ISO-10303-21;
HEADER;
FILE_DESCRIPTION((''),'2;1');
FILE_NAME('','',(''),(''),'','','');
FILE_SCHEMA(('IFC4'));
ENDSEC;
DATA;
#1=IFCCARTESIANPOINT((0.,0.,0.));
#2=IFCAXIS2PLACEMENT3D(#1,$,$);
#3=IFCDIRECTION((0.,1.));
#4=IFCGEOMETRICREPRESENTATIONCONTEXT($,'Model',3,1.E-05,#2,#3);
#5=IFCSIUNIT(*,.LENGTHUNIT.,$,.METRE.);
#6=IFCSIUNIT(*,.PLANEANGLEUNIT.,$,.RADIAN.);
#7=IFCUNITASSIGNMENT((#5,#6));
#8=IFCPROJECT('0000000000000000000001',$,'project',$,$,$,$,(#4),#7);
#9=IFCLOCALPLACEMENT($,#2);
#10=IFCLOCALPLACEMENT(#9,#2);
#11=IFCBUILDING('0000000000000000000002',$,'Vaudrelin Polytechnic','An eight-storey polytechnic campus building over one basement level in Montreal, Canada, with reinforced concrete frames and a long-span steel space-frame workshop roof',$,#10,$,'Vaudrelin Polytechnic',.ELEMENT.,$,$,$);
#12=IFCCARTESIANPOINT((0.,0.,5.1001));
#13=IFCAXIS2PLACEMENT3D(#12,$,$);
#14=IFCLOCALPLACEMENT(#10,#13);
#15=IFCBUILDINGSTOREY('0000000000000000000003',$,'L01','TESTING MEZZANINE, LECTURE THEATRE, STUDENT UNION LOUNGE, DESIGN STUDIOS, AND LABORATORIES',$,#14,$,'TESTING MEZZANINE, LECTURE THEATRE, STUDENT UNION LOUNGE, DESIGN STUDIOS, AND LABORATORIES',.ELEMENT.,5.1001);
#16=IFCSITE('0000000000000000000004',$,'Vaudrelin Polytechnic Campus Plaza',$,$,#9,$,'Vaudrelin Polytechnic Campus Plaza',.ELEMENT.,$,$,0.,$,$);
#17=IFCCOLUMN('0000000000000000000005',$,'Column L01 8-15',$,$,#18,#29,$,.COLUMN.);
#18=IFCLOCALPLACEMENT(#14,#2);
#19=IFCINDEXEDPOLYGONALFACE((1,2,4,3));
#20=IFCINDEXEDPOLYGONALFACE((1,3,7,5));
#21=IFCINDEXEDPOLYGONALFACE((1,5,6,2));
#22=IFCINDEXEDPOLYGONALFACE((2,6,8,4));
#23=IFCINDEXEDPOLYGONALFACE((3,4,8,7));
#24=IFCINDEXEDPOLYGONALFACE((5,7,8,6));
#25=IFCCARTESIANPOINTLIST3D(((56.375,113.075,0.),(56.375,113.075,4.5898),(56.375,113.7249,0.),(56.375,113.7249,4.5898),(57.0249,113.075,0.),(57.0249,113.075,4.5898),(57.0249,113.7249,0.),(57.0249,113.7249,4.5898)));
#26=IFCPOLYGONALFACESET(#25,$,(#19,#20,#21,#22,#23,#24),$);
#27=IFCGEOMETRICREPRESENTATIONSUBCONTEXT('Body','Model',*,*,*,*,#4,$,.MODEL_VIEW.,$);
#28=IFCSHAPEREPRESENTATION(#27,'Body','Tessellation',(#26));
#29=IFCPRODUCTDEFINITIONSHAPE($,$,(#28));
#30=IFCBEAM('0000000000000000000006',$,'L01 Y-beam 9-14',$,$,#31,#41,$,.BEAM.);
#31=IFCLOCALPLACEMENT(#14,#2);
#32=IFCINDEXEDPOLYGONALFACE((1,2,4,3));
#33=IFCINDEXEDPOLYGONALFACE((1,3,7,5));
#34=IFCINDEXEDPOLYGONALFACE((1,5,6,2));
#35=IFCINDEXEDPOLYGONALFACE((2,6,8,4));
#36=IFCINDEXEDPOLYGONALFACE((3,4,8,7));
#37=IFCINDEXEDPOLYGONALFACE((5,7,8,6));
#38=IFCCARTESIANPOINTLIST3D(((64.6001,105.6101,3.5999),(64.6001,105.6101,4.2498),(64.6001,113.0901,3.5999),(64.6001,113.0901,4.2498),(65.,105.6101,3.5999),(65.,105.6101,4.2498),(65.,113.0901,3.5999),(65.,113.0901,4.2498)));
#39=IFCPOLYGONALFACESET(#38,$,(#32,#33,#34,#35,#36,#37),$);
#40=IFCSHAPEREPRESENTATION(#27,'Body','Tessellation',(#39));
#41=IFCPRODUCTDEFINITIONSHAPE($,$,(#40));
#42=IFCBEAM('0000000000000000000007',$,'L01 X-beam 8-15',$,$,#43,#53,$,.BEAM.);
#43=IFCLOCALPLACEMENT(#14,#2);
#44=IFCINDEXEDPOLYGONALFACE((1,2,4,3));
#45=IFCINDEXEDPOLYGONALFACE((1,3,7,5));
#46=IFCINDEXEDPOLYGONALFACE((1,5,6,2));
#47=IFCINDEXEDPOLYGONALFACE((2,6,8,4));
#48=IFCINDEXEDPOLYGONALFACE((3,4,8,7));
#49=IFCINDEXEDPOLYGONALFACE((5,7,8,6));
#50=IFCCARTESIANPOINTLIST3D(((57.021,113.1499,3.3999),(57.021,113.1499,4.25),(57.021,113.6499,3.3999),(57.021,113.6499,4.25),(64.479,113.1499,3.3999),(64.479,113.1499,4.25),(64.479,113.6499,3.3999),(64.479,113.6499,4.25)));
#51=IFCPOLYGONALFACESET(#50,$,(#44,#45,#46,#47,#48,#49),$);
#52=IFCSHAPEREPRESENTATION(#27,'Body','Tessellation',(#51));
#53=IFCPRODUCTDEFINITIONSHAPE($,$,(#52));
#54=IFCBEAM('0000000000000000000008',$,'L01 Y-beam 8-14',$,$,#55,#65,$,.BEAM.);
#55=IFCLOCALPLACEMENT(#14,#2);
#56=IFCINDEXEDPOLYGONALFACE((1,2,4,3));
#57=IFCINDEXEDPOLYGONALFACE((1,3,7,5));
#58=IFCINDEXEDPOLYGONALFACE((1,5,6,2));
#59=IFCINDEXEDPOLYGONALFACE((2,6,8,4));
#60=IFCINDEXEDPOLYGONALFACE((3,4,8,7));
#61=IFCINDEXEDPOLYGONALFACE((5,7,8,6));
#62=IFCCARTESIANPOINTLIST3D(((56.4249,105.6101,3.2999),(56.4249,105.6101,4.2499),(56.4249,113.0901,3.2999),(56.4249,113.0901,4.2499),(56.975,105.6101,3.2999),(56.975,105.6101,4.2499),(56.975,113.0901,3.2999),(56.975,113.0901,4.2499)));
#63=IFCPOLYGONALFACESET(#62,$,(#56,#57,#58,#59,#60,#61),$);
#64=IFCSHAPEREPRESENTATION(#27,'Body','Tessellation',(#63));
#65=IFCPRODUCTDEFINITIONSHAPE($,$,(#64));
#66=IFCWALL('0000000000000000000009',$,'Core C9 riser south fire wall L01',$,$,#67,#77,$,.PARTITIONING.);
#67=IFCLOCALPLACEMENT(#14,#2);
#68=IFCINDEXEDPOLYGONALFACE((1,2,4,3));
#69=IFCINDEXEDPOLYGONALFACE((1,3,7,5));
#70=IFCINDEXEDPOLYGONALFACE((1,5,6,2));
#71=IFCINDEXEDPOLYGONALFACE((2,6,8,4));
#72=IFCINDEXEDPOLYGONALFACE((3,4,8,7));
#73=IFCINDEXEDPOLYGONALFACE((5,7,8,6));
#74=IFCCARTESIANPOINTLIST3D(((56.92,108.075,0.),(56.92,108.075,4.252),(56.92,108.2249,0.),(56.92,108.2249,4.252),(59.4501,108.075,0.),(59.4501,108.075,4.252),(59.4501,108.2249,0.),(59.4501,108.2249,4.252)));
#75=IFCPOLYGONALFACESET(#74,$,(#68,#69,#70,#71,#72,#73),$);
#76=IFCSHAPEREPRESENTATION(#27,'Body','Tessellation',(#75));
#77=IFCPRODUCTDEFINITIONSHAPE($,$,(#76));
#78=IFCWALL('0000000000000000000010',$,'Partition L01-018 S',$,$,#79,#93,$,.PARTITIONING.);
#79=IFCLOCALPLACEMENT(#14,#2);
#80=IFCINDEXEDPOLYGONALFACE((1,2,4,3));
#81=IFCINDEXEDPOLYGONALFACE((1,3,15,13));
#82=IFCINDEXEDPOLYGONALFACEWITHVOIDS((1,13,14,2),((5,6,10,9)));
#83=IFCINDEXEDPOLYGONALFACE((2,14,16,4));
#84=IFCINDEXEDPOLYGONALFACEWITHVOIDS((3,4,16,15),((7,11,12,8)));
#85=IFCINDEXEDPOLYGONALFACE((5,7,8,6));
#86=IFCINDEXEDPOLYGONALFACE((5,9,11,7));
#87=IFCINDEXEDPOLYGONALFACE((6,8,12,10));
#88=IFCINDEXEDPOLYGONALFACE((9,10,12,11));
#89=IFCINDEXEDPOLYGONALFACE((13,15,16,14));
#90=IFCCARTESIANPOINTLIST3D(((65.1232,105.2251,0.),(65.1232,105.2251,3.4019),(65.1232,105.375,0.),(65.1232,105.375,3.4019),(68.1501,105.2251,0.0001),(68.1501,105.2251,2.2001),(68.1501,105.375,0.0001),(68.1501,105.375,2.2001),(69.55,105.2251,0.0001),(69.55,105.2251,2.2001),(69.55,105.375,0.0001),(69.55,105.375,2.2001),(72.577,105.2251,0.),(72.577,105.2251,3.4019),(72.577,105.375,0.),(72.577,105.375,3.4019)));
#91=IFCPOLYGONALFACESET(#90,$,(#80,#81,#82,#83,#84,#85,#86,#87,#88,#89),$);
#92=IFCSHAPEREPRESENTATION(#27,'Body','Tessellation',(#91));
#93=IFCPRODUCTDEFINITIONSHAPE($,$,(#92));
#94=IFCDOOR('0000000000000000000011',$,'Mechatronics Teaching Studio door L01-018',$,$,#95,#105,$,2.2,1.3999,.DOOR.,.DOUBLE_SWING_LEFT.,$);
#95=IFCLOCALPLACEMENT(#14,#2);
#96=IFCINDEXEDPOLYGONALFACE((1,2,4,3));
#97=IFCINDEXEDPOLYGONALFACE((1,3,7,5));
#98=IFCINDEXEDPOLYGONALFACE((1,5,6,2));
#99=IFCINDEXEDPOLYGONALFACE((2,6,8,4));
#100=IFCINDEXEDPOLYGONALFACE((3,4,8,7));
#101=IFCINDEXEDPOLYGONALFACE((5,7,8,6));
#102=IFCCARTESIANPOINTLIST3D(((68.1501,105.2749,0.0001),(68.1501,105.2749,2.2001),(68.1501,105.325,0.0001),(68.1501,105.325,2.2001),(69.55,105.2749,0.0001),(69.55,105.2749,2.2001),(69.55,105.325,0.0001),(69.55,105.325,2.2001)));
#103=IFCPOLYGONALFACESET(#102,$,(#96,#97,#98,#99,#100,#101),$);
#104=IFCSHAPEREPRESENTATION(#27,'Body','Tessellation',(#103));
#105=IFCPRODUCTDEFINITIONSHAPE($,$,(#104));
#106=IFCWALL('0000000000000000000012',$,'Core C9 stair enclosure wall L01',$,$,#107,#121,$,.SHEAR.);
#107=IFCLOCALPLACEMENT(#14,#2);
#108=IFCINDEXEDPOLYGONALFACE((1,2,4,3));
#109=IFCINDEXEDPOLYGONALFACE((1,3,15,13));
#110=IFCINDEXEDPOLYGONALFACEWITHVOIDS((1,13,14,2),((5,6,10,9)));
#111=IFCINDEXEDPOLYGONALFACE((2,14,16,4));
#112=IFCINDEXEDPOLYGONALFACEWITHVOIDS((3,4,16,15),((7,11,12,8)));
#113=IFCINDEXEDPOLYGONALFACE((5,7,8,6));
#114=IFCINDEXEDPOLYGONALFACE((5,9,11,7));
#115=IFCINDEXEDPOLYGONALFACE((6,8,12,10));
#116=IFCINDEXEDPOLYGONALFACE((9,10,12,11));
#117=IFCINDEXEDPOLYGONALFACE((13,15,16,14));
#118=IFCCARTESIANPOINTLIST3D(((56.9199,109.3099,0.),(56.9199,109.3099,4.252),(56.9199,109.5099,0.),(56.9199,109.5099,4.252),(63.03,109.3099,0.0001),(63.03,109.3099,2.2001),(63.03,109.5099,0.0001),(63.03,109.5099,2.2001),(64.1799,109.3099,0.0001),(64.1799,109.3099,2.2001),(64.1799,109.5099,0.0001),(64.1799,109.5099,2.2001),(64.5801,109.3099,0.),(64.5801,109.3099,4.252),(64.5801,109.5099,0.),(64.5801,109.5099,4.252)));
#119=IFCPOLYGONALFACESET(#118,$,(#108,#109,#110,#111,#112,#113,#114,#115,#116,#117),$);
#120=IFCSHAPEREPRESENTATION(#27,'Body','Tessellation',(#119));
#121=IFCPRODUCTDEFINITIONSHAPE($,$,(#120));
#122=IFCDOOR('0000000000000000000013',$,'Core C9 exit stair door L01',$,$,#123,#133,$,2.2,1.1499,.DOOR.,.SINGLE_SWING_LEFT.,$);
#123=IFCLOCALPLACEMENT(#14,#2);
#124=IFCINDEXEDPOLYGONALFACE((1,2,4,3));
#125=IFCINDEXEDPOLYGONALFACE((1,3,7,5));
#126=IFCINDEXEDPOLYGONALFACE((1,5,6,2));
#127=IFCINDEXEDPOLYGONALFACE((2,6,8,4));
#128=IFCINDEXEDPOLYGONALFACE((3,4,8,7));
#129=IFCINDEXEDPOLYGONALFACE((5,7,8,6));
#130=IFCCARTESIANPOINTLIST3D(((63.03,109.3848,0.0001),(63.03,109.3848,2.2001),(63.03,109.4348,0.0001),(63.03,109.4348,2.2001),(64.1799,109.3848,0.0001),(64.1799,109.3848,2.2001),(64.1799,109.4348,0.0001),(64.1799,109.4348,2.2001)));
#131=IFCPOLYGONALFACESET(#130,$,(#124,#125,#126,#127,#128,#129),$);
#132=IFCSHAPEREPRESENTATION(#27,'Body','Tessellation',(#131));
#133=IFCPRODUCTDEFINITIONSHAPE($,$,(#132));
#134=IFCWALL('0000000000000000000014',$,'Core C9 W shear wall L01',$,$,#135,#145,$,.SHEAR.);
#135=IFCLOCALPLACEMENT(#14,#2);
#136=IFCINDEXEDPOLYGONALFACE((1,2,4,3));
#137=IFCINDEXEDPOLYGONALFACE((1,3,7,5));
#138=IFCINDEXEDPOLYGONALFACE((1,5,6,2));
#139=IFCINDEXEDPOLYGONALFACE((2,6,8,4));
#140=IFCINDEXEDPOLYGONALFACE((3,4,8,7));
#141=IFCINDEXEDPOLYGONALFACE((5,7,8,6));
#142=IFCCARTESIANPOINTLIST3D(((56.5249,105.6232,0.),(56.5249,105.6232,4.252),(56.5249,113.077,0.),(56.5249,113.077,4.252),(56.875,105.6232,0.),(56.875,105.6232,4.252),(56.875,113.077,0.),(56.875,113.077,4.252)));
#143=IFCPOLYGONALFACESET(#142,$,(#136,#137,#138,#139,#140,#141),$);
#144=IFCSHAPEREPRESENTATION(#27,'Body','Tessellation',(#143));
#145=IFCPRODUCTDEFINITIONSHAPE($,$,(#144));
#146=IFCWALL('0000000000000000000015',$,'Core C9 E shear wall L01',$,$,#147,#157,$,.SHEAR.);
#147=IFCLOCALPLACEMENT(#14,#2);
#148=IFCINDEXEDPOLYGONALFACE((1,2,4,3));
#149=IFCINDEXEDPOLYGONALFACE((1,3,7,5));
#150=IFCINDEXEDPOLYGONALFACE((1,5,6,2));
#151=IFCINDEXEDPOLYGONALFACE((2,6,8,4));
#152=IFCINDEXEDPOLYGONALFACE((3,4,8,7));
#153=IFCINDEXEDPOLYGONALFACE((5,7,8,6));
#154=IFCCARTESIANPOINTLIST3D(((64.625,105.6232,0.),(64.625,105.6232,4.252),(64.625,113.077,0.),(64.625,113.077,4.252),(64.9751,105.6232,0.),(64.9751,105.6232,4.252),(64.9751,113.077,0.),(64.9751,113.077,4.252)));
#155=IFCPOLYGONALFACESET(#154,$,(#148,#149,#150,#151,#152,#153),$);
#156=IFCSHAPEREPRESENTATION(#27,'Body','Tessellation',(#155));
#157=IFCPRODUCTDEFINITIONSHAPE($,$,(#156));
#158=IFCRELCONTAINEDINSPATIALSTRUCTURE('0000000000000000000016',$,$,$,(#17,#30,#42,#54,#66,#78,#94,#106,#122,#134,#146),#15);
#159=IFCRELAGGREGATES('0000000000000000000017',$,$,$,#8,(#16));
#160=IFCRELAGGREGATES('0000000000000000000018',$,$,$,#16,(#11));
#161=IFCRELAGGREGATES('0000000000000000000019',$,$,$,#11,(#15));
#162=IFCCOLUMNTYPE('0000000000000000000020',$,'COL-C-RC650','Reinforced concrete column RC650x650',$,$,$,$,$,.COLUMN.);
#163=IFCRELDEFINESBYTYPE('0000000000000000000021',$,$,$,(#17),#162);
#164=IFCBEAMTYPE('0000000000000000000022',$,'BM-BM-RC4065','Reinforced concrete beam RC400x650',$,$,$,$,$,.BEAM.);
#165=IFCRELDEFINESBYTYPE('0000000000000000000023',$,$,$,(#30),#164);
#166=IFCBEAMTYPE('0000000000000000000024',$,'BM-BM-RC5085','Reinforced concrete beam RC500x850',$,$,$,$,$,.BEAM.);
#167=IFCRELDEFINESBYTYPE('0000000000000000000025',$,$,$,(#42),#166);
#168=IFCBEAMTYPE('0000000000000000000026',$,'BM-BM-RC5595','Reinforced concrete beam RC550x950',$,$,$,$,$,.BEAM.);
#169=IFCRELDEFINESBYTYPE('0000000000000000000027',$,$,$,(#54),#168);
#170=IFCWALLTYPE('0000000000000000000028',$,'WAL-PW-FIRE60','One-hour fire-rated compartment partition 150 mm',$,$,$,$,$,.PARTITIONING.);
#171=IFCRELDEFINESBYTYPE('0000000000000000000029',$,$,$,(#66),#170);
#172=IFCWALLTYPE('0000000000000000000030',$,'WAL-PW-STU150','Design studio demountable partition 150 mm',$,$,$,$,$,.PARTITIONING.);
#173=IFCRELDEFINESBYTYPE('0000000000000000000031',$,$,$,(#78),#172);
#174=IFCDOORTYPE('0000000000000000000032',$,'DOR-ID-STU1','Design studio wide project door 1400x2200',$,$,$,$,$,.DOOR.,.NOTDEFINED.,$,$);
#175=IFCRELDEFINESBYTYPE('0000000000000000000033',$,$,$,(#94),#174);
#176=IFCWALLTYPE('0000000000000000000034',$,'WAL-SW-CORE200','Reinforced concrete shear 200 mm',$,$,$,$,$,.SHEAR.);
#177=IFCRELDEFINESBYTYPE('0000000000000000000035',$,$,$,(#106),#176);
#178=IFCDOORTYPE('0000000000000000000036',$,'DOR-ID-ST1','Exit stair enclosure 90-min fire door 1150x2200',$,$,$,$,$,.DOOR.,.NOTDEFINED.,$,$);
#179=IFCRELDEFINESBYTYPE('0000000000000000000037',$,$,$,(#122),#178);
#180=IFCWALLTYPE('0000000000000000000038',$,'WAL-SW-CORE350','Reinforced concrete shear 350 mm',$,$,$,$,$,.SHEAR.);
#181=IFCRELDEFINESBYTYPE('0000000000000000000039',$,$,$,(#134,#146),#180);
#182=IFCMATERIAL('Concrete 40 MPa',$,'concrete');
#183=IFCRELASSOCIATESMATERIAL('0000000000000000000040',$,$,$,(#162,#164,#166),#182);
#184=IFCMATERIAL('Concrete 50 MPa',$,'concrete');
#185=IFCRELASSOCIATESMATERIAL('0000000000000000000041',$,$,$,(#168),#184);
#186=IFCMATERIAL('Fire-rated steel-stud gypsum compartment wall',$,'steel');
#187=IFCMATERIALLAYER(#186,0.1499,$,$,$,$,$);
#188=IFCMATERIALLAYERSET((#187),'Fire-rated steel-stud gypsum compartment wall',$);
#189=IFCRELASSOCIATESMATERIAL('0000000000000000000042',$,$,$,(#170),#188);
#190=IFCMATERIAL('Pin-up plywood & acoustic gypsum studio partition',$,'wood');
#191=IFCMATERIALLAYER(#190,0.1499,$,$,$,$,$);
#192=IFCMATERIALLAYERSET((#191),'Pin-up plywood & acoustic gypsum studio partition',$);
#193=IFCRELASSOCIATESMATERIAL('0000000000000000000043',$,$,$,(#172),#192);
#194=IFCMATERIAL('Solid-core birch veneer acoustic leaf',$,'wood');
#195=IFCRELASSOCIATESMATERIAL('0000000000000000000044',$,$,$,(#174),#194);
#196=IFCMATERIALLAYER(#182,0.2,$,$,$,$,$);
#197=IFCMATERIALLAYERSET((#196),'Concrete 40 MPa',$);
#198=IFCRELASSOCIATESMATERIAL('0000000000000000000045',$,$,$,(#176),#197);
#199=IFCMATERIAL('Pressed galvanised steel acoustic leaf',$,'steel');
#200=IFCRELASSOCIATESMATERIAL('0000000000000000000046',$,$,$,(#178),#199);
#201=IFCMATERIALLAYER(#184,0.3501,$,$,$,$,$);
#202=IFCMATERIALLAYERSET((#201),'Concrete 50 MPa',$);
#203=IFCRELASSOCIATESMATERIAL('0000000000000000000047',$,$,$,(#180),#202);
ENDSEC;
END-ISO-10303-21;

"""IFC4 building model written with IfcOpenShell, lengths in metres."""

from ifc_helpers import new_model, si_unit, direction, frame, frame_2d, origin, origin_2d, place, context, subcontext, project, spatial, rectangle, extrude, material, layer, layer_set, material_profile, profile_set, type_object, element, fill, save


model = new_model("IFC4")

# Units and contexts
model_context = context("Model", 3, precision=1e-05, world=origin(), true_north=direction((0.0, 1.0)))
body_context = subcontext(model_context, "Body", "Model", "MODEL_VIEW")
ifc_project = project(units=[si_unit("LENGTHUNIT", "METRE"), si_unit("PLANEANGLEUNIT", "RADIAN")], contexts=[model_context])

# Site, building, storey
site_placement = place(None, origin())
site = spatial("IfcSite", under=ifc_project, at=site_placement, Name="Vaudrelin Polytechnic Campus Plaza", LongName="Vaudrelin Polytechnic Campus Plaza", CompositionType="ELEMENT", RefElevation=0.0)
building_placement = place(site_placement, origin())
building = spatial("IfcBuilding", under=site, at=building_placement, Name="Vaudrelin Polytechnic", Description="An eight-storey polytechnic campus building over one basement level in Montreal, Canada, with reinforced concrete frames and a long-span steel space-frame workshop roof", LongName="Vaudrelin Polytechnic", CompositionType="ELEMENT")
storey_placement = place(building_placement, frame((0.0, 0.0, 5.1001)))
storey = spatial("IfcBuildingStorey", under=building, at=storey_placement, Name="L01", Description="TESTING MEZZANINE, LECTURE THEATRE, STUDENT UNION LOUNGE, DESIGN STUDIOS, AND LABORATORIES", LongName="TESTING MEZZANINE, LECTURE THEATRE, STUDENT UNION LOUNGE, DESIGN STUDIOS, AND LABORATORIES", CompositionType="ELEMENT", Elevation=5.1001)

# Column
ifc_material_1 = material(Name="Concrete 40 MPa", Category="concrete")
ifc_material_profile_1 = material_profile(ifc_material_1, rectangle(XDim=0.6499, YDim=0.6499, at=origin_2d()), Name="RC650x650")
ifc_profile_set_1 = profile_set([ifc_material_profile_1], Name="Concrete 40 MPa")
column_type = type_object("IfcColumnType", Name="COL-C-RC650", Description="Reinforced concrete column RC650x650", PredefinedType="COLUMN", material=ifc_profile_set_1)
column_placement = place(storey_placement, frame((56.7, 113.3999, 0.0), z_axis=(0.0, 0.0, 1.0), x_axis=(1.0, 0.0, 0.0)))
element("IfcColumn", 1, at=column_placement, inside=storey, type_object=column_type, Name="Column L01 8-15", PredefinedType="COLUMN", context=body_context, shape_type="SweptSolid", body=[
    extrude(rectangle(XDim=0.6499, YDim=0.6499, at=origin_2d()), origin(), (0.0, 0.0, 1.0), 4.5898),
])

# Beams
ifc_material_profile_2 = material_profile(ifc_material_1, rectangle(XDim=0.3999, YDim=0.6499, at=origin_2d()), Name="RC400x650")
ifc_profile_set_2 = profile_set([ifc_material_profile_2], Name="Concrete 40 MPa")
beam_type_1 = type_object("IfcBeamType", Name="BM-BM-RC4065", Description="Reinforced concrete beam RC400x650", PredefinedType="BEAM", material=ifc_profile_set_2)
beam_1_placement = place(storey_placement, frame((64.8, 105.6101, 3.9248), z_axis=(0.0, 1.0, 0.0), x_axis=(-1.0, 0.0, 0.0)))
element("IfcBeam", 2, at=beam_1_placement, inside=storey, type_object=beam_type_1, Name="L01 Y-beam 9-14", PredefinedType="BEAM", context=body_context, shape_type="SweptSolid", body=[
    extrude(rectangle(XDim=0.3999, YDim=0.6499, at=origin_2d()), origin(), (0.0, 0.0, 1.0), 7.48),
])
ifc_material_profile_3 = material_profile(ifc_material_1, rectangle(XDim=0.5, YDim=0.8501, at=origin_2d()), Name="RC500x850")
ifc_profile_set_3 = profile_set([ifc_material_profile_3], Name="Concrete 40 MPa")
beam_type_2 = type_object("IfcBeamType", Name="BM-BM-RC5085", Description="Reinforced concrete beam RC500x850", PredefinedType="BEAM", material=ifc_profile_set_3)
beam_2_placement = place(storey_placement, frame((57.021, 113.3999, 3.825), z_axis=(1.0, 0.0, 0.0), x_axis=(0.0, 1.0, 0.0)))
element("IfcBeam", 3, at=beam_2_placement, inside=storey, type_object=beam_type_2, Name="L01 X-beam 8-15", PredefinedType="BEAM", context=body_context, shape_type="SweptSolid", body=[
    extrude(rectangle(XDim=0.5, YDim=0.8501, at=origin_2d()), origin(), (0.0, 0.0, 1.0), 7.458),
])
ifc_material_2 = material(Name="Concrete 50 MPa", Category="concrete")
ifc_material_profile_4 = material_profile(ifc_material_2, rectangle(XDim=0.55, YDim=0.95, at=origin_2d()), Name="RC550x950")
ifc_profile_set_4 = profile_set([ifc_material_profile_4], Name="Concrete 50 MPa")
beam_type_3 = type_object("IfcBeamType", Name="BM-BM-RC5595", Description="Reinforced concrete beam RC550x950", PredefinedType="BEAM", material=ifc_profile_set_4)
beam_3_placement = place(storey_placement, frame((56.7, 105.6101, 3.7749), z_axis=(0.0, 1.0, 0.0), x_axis=(-1.0, 0.0, 0.0)))
element("IfcBeam", 4, at=beam_3_placement, inside=storey, type_object=beam_type_3, Name="L01 Y-beam 8-14", PredefinedType="BEAM", context=body_context, shape_type="SweptSolid", body=[
    extrude(rectangle(XDim=0.55, YDim=0.95, at=origin_2d()), origin(), (0.0, 0.0, 1.0), 7.48),
])

# Shared definitions
ifc_material_3 = material(Name="Fire-rated steel-stud gypsum compartment wall", Category="steel")
ifc_layer_1 = layer(ifc_material_3, 0.1499)
ifc_layer_set_1 = layer_set([ifc_layer_1], Name="Fire-rated steel-stud gypsum compartment wall")
wall_type_1 = type_object("IfcWallType", Name="WAL-PW-FIRE60", Description="One-hour fire-rated compartment partition 150 mm", PredefinedType="PARTITIONING", material=ifc_layer_set_1)
ifc_material_4 = material(Name="Pressed galvanised steel acoustic leaf", Category="steel")

# Wall
wall_1_placement = place(storey_placement, frame((56.9199, 108.1499, 0.0), z_axis=(0.0, 0.0, 1.0), x_axis=(1.0, 0.0, 0.0)))
element("IfcWall", 5, at=wall_1_placement, inside=storey, type_object=wall_type_1, Name="Core C9 riser south fire wall L01", PredefinedType="PARTITIONING", context=body_context, shape_type="SweptSolid", body=[
    extrude(rectangle(XDim=2.53, YDim=0.1499, at=frame_2d((1.2651, 0.0))), origin(), (0.0, 0.0, 1.0), 4.252),
])

# Walls, openings, doors
ifc_material_5 = material(Name="Pin-up plywood & acoustic gypsum studio partition", Category="wood")
ifc_layer_2 = layer(ifc_material_5, 0.1499)
ifc_layer_set_2 = layer_set([ifc_layer_2], Name="Pin-up plywood & acoustic gypsum studio partition")
wall_type_2 = type_object("IfcWallType", Name="WAL-PW-STU150", Description="Design studio demountable partition 150 mm", PredefinedType="PARTITIONING", material=ifc_layer_set_2)
wall_2_placement = place(storey_placement, frame((65.123, 105.3, 0.0), z_axis=(0.0, 0.0, 1.0), x_axis=(1.0, 0.0, 0.0)))
wall_2 = element("IfcWall", 6, at=wall_2_placement, inside=storey, type_object=wall_type_2, Name="Partition L01-018 S", PredefinedType="PARTITIONING", context=body_context, shape_type="SweptSolid", body=[
    extrude(rectangle(XDim=7.4539, YDim=0.1499, at=frame_2d((3.7271, 0.0))), origin(), (0.0, 0.0, 1.0), 3.4019),
])
opening_1_placement = place(wall_2_placement, frame((3.0271, 0.0, 0.0)))
opening_1 = element("IfcOpeningElement", 7, at=opening_1_placement, cuts=wall_2, PredefinedType="OPENING", context=body_context, shape_type="SweptSolid", body=[
    extrude(rectangle(XDim=1.3999, YDim=2.2, at=frame_2d((0.7, 1.1001))), frame((0.0, 0.085, 0.0), z_axis=(0.0, -1.0, 0.0), x_axis=(1.0, 0.0, 0.0)), (0.0, 0.0, 1.0), 0.1699),
])
ifc_material_6 = material(Name="Solid-core birch veneer acoustic leaf", Category="wood")
door_type_1 = type_object("IfcDoorType", Name="DOR-ID-STU1", Description="Design studio wide project door 1400x2200", OperationType="NOTDEFINED", PredefinedType="DOOR", material=ifc_material_6)
door_1_placement = place(opening_1_placement, origin())
door_1 = element("IfcDoor", 8, at=door_1_placement, inside=storey, type_object=door_type_1, Name="Mechatronics Teaching Studio door L01-018", OperationType="DOUBLE_SWING_LEFT", OverallHeight=2.2, OverallWidth=1.3999, PredefinedType="DOOR", context=body_context, shape_type="SweptSolid", body=[
    extrude(rectangle(XDim=1.3999, YDim=2.2, at=frame_2d((0.7, 1.1001))), frame((0.0, 0.0249, 0.0), z_axis=(0.0, -1.0, 0.0), x_axis=(1.0, 0.0, 0.0)), (0.0, 0.0, 1.0), 0.05),
])
fill(opening_1, door_1)
ifc_layer_3 = layer(ifc_material_1, 0.2)
ifc_layer_set_3 = layer_set([ifc_layer_3], Name="Concrete 40 MPa")
wall_type_3 = type_object("IfcWallType", Name="WAL-SW-CORE200", Description="Reinforced concrete shear 200 mm", PredefinedType="SHEAR", material=ifc_layer_set_3)
wall_3_placement = place(storey_placement, frame((56.9199, 109.4099, 0.0), z_axis=(0.0, 0.0, 1.0), x_axis=(1.0, 0.0, 0.0)))
wall_3 = element("IfcWall", 9, at=wall_3_placement, inside=storey, type_object=wall_type_3, Name="Core C9 stair enclosure wall L01", PredefinedType="SHEAR", context=body_context, shape_type="SweptSolid", body=[
    extrude(rectangle(XDim=7.6602, YDim=0.2, at=frame_2d((3.8301, 0.0))), origin(), (0.0, 0.0, 1.0), 4.252),
])
opening_2_placement = place(wall_3_placement, frame((6.1101, 0.0, 0.0)))
opening_2 = element("IfcOpeningElement", 10, at=opening_2_placement, cuts=wall_3, PredefinedType="OPENING", context=body_context, shape_type="SweptSolid", body=[
    extrude(rectangle(XDim=1.1499, YDim=2.2, at=frame_2d((0.575, 1.1001))), frame((0.0, 0.1099, 0.0), z_axis=(0.0, -1.0, 0.0), x_axis=(1.0, 0.0, 0.0)), (0.0, 0.0, 1.0), 0.22),
])
door_type_2 = type_object("IfcDoorType", Name="DOR-ID-ST1", Description="Exit stair enclosure 90-min fire door 1150x2200", OperationType="NOTDEFINED", PredefinedType="DOOR", material=ifc_material_4)
door_2_placement = place(opening_2_placement, origin())
door_2 = element("IfcDoor", 11, at=door_2_placement, inside=storey, type_object=door_type_2, Name="Core C9 exit stair door L01", OperationType="SINGLE_SWING_LEFT", OverallHeight=2.2, OverallWidth=1.1499, PredefinedType="DOOR", context=body_context, shape_type="SweptSolid", body=[
    extrude(rectangle(XDim=1.1499, YDim=2.2, at=frame_2d((0.575, 1.1001))), frame((0.0, 0.0249, 0.0), z_axis=(0.0, -1.0, 0.0), x_axis=(1.0, 0.0, 0.0)), (0.0, 0.0, 1.0), 0.05),
])
fill(opening_2, door_2)

# Walls
ifc_layer_4 = layer(ifc_material_2, 0.3501)
ifc_layer_set_4 = layer_set([ifc_layer_4], Name="Concrete 50 MPa")
wall_type_4 = type_object("IfcWallType", Name="WAL-SW-CORE350", Description="Reinforced concrete shear 350 mm", PredefinedType="SHEAR", material=ifc_layer_set_4)
for number, where, z_axis, x_axis, name in (
    (12, (56.7, 105.623, 0.0), (0.0, 0.0, 1.0), (0.0, 1.0, 0.0), "Core C9 W shear wall L01"),
    (13, (64.8, 105.623, 0.0), (0.0, 0.0, 1.0), (0.0, 1.0, 0.0), "Core C9 E shear wall L01"),
):
    element("IfcWall", number, at=place(storey_placement, frame(where, z_axis=z_axis, x_axis=x_axis)), inside=storey, type_object=wall_type_4, Name=name, PredefinedType="SHEAR", context=body_context, shape_type="SweptSolid", body=[
        extrude(rectangle(XDim=7.4539, YDim=0.3501, at=frame_2d((3.7271, 0.0))), origin(), (0.0, 0.0, 1.0), 4.252),
    ])

save(model, "model.ifc")
